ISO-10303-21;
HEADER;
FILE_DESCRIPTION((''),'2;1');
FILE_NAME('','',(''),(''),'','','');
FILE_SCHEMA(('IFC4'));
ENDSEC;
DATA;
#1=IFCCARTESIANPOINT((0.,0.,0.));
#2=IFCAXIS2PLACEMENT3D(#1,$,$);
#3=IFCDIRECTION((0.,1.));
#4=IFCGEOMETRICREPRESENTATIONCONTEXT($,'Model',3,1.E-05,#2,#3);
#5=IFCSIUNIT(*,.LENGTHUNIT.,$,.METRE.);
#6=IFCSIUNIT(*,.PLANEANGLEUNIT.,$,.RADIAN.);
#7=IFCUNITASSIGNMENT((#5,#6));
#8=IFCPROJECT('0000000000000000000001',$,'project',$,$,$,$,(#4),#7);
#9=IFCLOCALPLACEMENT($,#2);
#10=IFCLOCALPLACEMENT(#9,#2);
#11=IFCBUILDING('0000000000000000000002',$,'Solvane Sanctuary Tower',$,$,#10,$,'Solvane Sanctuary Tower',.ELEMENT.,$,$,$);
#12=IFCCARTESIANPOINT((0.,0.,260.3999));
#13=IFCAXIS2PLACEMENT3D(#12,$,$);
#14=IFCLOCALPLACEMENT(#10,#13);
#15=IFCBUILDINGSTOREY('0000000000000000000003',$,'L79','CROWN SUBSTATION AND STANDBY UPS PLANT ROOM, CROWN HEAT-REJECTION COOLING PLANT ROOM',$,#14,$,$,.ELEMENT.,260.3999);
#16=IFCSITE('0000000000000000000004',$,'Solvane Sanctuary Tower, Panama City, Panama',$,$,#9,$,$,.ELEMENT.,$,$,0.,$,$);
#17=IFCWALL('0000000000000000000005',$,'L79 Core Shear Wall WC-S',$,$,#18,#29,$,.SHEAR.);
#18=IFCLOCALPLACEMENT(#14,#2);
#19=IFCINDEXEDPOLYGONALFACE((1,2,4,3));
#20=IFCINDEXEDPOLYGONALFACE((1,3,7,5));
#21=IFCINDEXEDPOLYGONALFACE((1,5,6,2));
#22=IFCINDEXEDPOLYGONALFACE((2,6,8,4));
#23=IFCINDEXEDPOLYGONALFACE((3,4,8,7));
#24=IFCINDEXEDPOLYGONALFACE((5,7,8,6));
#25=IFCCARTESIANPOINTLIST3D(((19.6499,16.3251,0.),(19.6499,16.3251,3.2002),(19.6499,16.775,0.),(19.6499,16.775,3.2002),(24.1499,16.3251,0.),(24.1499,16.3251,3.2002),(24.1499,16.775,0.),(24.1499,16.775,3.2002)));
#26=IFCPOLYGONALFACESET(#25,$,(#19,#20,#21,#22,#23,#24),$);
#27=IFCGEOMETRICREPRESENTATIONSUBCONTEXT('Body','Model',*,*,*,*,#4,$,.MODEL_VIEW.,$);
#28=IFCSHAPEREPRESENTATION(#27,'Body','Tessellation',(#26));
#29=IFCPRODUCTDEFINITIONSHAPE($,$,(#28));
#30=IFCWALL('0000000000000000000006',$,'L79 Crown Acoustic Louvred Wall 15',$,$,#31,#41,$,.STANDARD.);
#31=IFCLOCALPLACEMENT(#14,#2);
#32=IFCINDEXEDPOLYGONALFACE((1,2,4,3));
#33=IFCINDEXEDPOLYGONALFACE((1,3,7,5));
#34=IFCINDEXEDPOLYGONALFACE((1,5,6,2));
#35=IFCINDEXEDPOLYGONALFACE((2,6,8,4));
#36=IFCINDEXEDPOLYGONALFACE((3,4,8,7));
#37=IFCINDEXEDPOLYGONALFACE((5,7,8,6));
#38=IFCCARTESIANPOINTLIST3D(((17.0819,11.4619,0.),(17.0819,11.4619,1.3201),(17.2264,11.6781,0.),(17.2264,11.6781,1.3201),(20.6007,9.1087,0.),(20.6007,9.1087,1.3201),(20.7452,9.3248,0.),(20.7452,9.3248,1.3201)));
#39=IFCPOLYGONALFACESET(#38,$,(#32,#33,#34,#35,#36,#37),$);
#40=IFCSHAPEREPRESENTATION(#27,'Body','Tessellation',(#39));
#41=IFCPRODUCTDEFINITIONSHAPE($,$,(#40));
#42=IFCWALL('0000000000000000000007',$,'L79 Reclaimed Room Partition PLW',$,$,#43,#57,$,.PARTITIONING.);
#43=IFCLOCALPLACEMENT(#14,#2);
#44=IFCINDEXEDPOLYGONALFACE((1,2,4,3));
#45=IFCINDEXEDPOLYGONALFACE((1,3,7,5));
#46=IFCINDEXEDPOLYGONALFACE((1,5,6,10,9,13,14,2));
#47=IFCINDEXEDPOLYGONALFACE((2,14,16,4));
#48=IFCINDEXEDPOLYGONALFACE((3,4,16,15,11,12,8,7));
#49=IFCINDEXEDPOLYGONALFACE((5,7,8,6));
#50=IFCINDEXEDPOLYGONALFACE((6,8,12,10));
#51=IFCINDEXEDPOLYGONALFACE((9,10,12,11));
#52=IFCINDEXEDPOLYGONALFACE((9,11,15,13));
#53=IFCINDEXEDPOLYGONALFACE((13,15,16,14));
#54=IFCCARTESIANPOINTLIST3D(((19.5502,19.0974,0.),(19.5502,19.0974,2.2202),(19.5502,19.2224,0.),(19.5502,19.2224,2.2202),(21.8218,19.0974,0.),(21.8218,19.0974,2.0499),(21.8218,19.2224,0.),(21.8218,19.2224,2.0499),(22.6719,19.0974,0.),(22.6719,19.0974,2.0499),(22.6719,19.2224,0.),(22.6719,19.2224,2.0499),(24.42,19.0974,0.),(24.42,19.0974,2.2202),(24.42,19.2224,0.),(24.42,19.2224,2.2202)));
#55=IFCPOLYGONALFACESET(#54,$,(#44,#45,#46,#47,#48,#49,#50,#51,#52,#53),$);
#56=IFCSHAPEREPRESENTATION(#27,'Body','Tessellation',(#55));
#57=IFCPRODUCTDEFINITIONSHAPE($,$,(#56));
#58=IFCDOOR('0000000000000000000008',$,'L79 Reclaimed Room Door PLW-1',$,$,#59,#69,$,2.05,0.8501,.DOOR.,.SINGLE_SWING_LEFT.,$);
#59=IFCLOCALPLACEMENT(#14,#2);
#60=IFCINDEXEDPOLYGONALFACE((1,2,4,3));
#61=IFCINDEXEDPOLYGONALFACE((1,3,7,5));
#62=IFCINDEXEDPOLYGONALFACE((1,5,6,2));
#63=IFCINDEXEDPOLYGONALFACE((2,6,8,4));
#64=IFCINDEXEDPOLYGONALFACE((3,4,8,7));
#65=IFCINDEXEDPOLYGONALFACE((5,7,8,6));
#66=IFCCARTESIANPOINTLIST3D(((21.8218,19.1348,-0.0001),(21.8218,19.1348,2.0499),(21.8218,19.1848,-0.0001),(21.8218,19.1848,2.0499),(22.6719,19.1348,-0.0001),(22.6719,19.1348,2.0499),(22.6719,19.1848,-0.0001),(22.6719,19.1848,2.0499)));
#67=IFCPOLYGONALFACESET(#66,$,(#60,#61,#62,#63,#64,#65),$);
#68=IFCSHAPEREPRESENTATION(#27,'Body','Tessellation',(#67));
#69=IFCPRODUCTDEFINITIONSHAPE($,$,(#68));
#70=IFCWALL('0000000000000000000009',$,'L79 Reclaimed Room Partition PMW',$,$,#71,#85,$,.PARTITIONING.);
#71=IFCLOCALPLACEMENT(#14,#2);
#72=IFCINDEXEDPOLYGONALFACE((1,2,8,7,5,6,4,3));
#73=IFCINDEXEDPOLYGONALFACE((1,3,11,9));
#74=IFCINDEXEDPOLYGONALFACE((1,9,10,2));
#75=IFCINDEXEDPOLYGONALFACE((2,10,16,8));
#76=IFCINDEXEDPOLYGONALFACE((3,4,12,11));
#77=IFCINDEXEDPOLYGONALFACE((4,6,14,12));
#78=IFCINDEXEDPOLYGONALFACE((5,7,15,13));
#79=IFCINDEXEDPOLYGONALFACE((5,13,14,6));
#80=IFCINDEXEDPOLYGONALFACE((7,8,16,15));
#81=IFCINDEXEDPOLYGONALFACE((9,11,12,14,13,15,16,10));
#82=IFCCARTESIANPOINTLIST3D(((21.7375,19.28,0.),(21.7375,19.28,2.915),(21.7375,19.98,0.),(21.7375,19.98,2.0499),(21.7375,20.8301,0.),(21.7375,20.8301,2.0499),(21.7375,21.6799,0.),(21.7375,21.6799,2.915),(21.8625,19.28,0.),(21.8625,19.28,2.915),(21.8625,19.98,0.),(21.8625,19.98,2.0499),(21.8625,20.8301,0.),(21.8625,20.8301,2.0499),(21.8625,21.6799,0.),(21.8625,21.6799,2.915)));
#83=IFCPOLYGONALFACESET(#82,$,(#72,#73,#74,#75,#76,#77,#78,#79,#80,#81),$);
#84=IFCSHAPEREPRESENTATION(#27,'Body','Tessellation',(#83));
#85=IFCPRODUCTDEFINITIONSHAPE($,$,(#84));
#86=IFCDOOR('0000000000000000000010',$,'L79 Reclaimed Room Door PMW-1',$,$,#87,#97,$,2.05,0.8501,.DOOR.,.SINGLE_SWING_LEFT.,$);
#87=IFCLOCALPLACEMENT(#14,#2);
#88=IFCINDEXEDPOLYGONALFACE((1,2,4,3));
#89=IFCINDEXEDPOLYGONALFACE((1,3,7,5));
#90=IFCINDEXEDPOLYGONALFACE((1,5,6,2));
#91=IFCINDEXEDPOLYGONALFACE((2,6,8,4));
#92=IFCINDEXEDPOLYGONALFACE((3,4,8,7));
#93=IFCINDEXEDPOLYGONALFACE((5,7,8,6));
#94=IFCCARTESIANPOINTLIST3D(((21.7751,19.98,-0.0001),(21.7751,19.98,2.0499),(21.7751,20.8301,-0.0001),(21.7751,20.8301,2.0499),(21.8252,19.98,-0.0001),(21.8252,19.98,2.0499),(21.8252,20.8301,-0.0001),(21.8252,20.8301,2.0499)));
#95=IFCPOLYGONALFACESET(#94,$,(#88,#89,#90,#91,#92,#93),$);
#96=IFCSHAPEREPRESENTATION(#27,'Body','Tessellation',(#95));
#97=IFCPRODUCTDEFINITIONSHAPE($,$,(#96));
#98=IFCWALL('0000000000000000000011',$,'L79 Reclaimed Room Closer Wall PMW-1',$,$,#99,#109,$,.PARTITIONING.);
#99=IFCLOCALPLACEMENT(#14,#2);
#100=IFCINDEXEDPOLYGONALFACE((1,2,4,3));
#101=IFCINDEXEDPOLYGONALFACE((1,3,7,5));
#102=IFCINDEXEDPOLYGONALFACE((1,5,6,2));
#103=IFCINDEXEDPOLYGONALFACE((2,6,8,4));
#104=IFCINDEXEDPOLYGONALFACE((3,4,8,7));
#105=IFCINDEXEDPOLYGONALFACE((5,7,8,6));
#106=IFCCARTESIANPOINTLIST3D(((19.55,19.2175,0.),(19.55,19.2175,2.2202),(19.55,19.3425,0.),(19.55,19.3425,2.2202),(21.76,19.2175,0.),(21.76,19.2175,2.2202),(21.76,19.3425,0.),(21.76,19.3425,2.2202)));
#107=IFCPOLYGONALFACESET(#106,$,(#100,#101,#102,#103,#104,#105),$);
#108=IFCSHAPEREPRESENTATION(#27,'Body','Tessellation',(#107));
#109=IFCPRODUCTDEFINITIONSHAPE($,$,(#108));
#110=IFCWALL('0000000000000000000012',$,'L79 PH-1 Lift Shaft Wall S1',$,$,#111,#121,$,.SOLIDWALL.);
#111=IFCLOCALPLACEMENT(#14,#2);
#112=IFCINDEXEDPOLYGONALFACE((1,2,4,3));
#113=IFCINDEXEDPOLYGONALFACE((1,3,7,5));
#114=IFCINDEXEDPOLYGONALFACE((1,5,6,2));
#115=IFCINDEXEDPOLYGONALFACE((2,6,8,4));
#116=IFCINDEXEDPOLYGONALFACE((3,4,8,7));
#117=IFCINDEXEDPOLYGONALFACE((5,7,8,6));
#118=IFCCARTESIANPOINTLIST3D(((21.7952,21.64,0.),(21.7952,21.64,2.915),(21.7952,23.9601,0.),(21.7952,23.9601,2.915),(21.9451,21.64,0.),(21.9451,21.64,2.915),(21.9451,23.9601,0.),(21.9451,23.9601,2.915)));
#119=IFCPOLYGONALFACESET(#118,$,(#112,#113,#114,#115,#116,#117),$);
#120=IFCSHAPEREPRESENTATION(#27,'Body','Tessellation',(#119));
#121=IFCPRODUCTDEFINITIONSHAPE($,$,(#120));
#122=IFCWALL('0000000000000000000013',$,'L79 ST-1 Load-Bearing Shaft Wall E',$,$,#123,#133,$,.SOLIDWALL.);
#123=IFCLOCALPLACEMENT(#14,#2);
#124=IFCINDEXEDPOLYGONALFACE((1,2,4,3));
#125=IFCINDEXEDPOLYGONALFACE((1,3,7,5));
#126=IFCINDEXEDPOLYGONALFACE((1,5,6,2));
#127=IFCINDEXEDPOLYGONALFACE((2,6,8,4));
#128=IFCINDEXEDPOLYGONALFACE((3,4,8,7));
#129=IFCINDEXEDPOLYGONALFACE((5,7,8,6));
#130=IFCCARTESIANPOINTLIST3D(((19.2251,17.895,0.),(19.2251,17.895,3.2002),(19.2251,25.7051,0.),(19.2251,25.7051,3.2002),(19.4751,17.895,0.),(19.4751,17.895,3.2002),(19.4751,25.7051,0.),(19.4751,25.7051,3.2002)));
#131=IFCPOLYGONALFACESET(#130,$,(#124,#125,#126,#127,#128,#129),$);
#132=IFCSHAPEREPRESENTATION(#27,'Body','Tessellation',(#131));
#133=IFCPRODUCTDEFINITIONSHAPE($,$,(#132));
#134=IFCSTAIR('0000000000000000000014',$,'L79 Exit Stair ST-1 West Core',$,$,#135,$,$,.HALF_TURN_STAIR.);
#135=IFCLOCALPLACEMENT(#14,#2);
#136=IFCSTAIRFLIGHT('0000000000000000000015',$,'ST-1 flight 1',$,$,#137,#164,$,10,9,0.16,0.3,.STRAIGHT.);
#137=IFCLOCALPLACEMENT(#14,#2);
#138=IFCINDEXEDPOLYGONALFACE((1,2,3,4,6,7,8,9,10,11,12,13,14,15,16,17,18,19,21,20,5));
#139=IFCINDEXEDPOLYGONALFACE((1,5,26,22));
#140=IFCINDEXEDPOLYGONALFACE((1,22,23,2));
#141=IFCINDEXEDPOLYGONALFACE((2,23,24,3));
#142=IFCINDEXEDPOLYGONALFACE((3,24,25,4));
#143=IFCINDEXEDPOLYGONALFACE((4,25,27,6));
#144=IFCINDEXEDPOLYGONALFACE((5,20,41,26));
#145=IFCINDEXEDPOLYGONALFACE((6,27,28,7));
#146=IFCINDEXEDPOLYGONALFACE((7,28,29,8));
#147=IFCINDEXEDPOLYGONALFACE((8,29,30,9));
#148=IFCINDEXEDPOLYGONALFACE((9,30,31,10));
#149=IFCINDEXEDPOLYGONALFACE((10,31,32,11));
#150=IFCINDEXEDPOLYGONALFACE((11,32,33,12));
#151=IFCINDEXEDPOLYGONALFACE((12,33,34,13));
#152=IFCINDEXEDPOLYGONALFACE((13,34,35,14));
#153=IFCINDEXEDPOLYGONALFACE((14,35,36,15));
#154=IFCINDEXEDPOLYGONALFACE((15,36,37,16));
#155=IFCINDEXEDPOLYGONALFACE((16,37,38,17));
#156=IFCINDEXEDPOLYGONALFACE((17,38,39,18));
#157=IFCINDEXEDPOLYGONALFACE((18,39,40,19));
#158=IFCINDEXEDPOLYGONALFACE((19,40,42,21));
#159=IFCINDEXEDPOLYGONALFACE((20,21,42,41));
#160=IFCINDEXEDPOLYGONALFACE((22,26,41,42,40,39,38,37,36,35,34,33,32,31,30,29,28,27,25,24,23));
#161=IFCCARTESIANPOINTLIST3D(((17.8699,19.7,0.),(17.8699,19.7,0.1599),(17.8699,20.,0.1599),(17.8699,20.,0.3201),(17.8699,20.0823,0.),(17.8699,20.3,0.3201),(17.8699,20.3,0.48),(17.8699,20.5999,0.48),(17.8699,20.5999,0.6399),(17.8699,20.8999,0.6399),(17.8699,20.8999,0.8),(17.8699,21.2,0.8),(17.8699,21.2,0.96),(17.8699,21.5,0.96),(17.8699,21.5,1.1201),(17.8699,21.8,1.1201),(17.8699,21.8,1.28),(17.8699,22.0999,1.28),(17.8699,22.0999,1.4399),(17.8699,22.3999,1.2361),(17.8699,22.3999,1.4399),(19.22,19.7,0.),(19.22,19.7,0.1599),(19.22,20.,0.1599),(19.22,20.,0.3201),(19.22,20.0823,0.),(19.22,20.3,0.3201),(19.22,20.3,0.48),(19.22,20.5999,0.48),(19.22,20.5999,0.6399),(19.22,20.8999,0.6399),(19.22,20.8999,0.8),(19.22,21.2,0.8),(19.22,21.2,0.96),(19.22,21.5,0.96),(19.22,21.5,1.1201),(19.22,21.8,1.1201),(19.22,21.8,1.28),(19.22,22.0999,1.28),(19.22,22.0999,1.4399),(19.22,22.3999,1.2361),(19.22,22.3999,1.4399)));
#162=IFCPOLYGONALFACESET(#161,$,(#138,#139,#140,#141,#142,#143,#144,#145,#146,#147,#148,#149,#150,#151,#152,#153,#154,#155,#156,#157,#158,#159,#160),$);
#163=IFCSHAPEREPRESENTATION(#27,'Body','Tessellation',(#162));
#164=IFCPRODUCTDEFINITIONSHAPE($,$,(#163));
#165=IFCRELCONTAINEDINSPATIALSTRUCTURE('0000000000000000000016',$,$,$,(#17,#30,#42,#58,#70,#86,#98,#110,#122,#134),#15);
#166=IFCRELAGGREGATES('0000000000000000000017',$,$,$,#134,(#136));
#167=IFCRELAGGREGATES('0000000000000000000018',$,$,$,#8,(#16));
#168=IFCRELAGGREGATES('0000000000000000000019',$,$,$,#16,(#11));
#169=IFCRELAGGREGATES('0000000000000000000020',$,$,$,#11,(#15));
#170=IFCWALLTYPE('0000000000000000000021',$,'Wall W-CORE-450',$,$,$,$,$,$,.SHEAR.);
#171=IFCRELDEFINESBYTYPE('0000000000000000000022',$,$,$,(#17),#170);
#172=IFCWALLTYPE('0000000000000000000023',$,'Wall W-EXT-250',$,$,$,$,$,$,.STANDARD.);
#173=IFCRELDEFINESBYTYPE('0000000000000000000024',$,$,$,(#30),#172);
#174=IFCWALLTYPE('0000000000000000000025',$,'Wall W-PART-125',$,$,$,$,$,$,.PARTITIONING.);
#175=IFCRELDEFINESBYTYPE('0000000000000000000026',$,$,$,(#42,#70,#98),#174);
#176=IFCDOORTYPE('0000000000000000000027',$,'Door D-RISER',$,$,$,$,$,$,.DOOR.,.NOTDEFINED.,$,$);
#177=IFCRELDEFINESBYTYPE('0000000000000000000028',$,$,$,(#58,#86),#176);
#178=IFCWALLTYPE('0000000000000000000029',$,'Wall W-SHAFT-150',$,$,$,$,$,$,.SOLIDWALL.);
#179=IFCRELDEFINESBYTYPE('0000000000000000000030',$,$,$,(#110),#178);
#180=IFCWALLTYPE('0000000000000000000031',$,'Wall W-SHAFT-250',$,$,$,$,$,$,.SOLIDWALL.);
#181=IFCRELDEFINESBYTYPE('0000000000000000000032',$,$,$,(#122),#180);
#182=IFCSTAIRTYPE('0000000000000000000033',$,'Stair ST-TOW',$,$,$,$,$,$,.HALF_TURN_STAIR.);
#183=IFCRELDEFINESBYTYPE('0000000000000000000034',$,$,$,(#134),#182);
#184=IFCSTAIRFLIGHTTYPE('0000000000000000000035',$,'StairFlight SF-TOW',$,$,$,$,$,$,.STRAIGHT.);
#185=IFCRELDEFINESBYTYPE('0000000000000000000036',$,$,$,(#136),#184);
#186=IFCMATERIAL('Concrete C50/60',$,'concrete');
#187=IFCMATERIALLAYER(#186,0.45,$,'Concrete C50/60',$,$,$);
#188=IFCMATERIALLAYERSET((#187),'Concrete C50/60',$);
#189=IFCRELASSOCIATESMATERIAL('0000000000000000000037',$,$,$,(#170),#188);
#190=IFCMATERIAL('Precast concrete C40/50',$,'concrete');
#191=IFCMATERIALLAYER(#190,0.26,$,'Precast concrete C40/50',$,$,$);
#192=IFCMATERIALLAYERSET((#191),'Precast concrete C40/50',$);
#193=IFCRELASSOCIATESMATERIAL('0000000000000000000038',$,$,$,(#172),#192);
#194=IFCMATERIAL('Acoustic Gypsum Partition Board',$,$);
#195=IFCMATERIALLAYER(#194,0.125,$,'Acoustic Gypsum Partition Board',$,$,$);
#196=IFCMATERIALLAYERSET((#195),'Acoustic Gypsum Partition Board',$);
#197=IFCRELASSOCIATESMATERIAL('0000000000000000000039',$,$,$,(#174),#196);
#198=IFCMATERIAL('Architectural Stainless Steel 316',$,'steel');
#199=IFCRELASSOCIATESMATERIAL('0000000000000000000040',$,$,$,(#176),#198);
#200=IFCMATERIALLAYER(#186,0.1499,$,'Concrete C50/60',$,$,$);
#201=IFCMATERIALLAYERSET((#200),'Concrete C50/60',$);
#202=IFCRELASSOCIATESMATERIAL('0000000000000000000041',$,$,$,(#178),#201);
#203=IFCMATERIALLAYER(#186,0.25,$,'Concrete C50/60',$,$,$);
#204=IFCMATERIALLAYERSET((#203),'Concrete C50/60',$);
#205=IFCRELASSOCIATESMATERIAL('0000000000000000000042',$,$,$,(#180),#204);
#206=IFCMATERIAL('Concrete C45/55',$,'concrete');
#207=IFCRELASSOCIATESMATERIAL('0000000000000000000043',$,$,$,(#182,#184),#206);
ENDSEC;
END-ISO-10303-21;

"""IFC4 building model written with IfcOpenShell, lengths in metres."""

from ifc_helpers import new_model, si_unit, direction, frame, frame_2d, origin, place, context, subcontext, project, spatial, polyline, rectangle, outline, extrude, material, layer, layer_set, type_object, element, fill, aggregate, save


model = new_model("IFC4")

# Units and contexts
model_context = context("Model", 3, precision=1e-05, world=origin(), true_north=direction((0.0, 1.0)))
body_context = subcontext(model_context, "Body", "Model", "MODEL_VIEW")
ifc_project = project(units=[si_unit("LENGTHUNIT", "METRE"), si_unit("PLANEANGLEUNIT", "RADIAN")], contexts=[model_context])

# Site, building, storey
site_placement = place(None, origin())
site = spatial("IfcSite", under=ifc_project, at=site_placement, Name="Solvane Sanctuary Tower, Panama City, Panama", CompositionType="ELEMENT", RefElevation=0.0)
building_placement = place(site_placement, origin())
building = spatial("IfcBuilding", under=site, at=building_placement, Name="Solvane Sanctuary Tower", LongName="Solvane Sanctuary Tower", CompositionType="ELEMENT")
storey_placement = place(building_placement, frame((0.0, 0.0, 260.3999)))
storey = spatial("IfcBuildingStorey", under=building, at=storey_placement, Name="L79", Description="CROWN SUBSTATION AND STANDBY UPS PLANT ROOM, CROWN HEAT-REJECTION COOLING PLANT ROOM", CompositionType="ELEMENT", Elevation=260.3999)

# Walls
ifc_material_1 = material(Name="Concrete C50/60", Category="concrete")
ifc_layer_1 = layer(ifc_material_1, 0.45, Name="Concrete C50/60")
ifc_layer_set_1 = layer_set([ifc_layer_1], Name="Concrete C50/60")
wall_type_1 = type_object("IfcWallType", Name="Wall W-CORE-450", PredefinedType="SHEAR", material=ifc_layer_set_1)
wall_1_placement = place(storey_placement, frame((19.6499, 16.55, 0.0), z_axis=(0.0, 0.0, 1.0), x_axis=(1.0, 0.0, 0.0)))
element("IfcWall", 1, at=wall_1_placement, inside=storey, type_object=wall_type_1, Name="L79 Core Shear Wall WC-S", PredefinedType="SHEAR", context=body_context, shape_type="SweptSolid", body=[
    extrude(rectangle(XDim=4.5, YDim=0.45, at=frame_2d((2.25, 0.0))), origin(), (0.0, 0.0, 1.0), 3.2002),
])
ifc_material_2 = material(Name="Precast concrete C40/50", Category="concrete")
ifc_layer_2 = layer(ifc_material_2, 0.26, Name="Precast concrete C40/50")
ifc_layer_set_2 = layer_set([ifc_layer_2], Name="Precast concrete C40/50")
wall_type_2 = type_object("IfcWallType", Name="Wall W-EXT-250", PredefinedType="STANDARD", material=ifc_layer_set_2)
wall_2_placement = place(storey_placement, frame((17.1541, 11.5701, 0.0), z_axis=(0.0, 0.0, 1.0), x_axis=(0.831242, -0.555911, 0.0)))
element("IfcWall", 2, at=wall_2_placement, inside=storey, type_object=wall_type_2, Name="L79 Crown Acoustic Louvred Wall 15", PredefinedType="STANDARD", context=body_context, shape_type="SweptSolid", body=[
    extrude(rectangle(XDim=4.2332, YDim=0.26, at=frame_2d((2.1167, 0.0))), origin(), (0.0, 0.0, 1.0), 1.3201),
])

# Walls, openings, doors
ifc_material_3 = material(Name="Acoustic Gypsum Partition Board")
ifc_layer_3 = layer(ifc_material_3, 0.125, Name="Acoustic Gypsum Partition Board")
ifc_layer_set_3 = layer_set([ifc_layer_3], Name="Acoustic Gypsum Partition Board")
wall_type_3 = type_object("IfcWallType", Name="Wall W-PART-125", PredefinedType="PARTITIONING", material=ifc_layer_set_3)
wall_3_placement = place(storey_placement, frame((19.55, 19.1599, 0.0), z_axis=(0.0, 0.0, 1.0), x_axis=(1.0, 0.0, 0.0)))
wall_3 = element("IfcWall", 3, at=wall_3_placement, inside=storey, type_object=wall_type_3, Name="L79 Reclaimed Room Partition PLW", PredefinedType="PARTITIONING", context=body_context, shape_type="SweptSolid", body=[
    extrude(rectangle(XDim=4.8699, YDim=0.125, at=frame_2d((2.4351, 0.0))), origin(), (0.0, 0.0, 1.0), 2.2202),
])
opening_1_placement = place(wall_3_placement, frame((2.2717, 0.0, 0.0)))
opening_1 = element("IfcOpeningElement", 4, at=opening_1_placement, cuts=wall_3, PredefinedType="OPENING", context=body_context, shape_type="SweptSolid", body=[
    extrude(rectangle(XDim=0.8501, YDim=2.05, at=frame_2d((0.425, 1.0249))), frame((0.0, 0.0725, 0.0), z_axis=(0.0, -1.0, 0.0), x_axis=(1.0, 0.0, 0.0)), (0.0, 0.0, 1.0), 0.145),
])
ifc_material_4 = material(Name="Architectural Stainless Steel 316", Category="steel")
door_type = type_object("IfcDoorType", Name="Door D-RISER", OperationType="NOTDEFINED", PredefinedType="DOOR", material=ifc_material_4)
door_1_placement = place(opening_1_placement, origin())
door_1 = element("IfcDoor", 5, at=door_1_placement, inside=storey, type_object=door_type, Name="L79 Reclaimed Room Door PLW-1", OperationType="SINGLE_SWING_LEFT", OverallHeight=2.05, OverallWidth=0.8501, PredefinedType="DOOR", context=body_context, shape_type="SweptSolid", body=[
    extrude(rectangle(XDim=0.8501, YDim=2.05, at=frame_2d((0.425, 1.0249))), frame((0.0, 0.0249, 0.0), z_axis=(0.0, -1.0, 0.0), x_axis=(1.0, 0.0, 0.0)), (0.0, 0.0, 1.0), 0.05),
])
fill(opening_1, door_1)
wall_4_placement = place(storey_placement, frame((21.8, 19.28, 0.0), z_axis=(0.0, 0.0, 1.0), x_axis=(0.0, 1.0, 0.0)))
wall_4 = element("IfcWall", 6, at=wall_4_placement, inside=storey, type_object=wall_type_3, Name="L79 Reclaimed Room Partition PMW", PredefinedType="PARTITIONING", context=body_context, shape_type="SweptSolid", body=[
    extrude(rectangle(XDim=2.3999, YDim=0.125, at=frame_2d((1.2, 0.0))), origin(), (0.0, 0.0, 1.0), 2.915),
])
opening_2_placement = place(wall_4_placement, frame((0.7, 0.0, 0.0)))
opening_2 = element("IfcOpeningElement", 7, at=opening_2_placement, cuts=wall_4, PredefinedType="OPENING", context=body_context, shape_type="SweptSolid", body=[
    extrude(rectangle(XDim=0.8501, YDim=2.05, at=frame_2d((0.425, 1.0249))), frame((0.0, 0.0725, 0.0), z_axis=(0.0, -1.0, 0.0), x_axis=(1.0, 0.0, 0.0)), (0.0, 0.0, 1.0), 0.145),
])
door_2_placement = place(opening_2_placement, origin())
door_2 = element("IfcDoor", 8, at=door_2_placement, inside=storey, type_object=door_type, Name="L79 Reclaimed Room Door PMW-1", OperationType="SINGLE_SWING_LEFT", OverallHeight=2.05, OverallWidth=0.8501, PredefinedType="DOOR", context=body_context, shape_type="SweptSolid", body=[
    extrude(rectangle(XDim=0.8501, YDim=2.05, at=frame_2d((0.425, 1.0249))), frame((0.0, 0.0249, 0.0), z_axis=(0.0, -1.0, 0.0), x_axis=(1.0, 0.0, 0.0)), (0.0, 0.0, 1.0), 0.05),
])
fill(opening_2, door_2)

# Walls
wall_5_placement = place(storey_placement, frame((19.55, 19.28, 0.0), z_axis=(0.0, 0.0, 1.0), x_axis=(1.0, 0.0, 0.0)))
element("IfcWall", 9, at=wall_5_placement, inside=storey, type_object=wall_type_3, Name="L79 Reclaimed Room Closer Wall PMW-1", PredefinedType="PARTITIONING", context=body_context, shape_type="SweptSolid", body=[
    extrude(rectangle(XDim=2.21, YDim=0.125, at=frame_2d((1.105, 0.0))), origin(), (0.0, 0.0, 1.0), 2.2202),
])
ifc_layer_4 = layer(ifc_material_1, 0.1499, Name="Concrete C50/60")
ifc_layer_set_4 = layer_set([ifc_layer_4], Name="Concrete C50/60")
wall_type_4 = type_object("IfcWallType", Name="Wall W-SHAFT-150", PredefinedType="SOLIDWALL", material=ifc_layer_set_4)
wall_6_placement = place(storey_placement, frame((21.8701, 21.6399, 0.0), z_axis=(0.0, 0.0, 1.0), x_axis=(0.0, 1.0, 0.0)))
element("IfcWall", 10, at=wall_6_placement, inside=storey, type_object=wall_type_4, Name="L79 PH-1 Lift Shaft Wall S1", PredefinedType="SOLIDWALL", context=body_context, shape_type="SweptSolid", body=[
    extrude(rectangle(XDim=2.3201, YDim=0.1499, at=frame_2d((1.1602, 0.0))), origin(), (0.0, 0.0, 1.0), 2.915),
])
ifc_layer_5 = layer(ifc_material_1, 0.25, Name="Concrete C50/60")
ifc_layer_set_5 = layer_set([ifc_layer_5], Name="Concrete C50/60")
wall_type_5 = type_object("IfcWallType", Name="Wall W-SHAFT-250", PredefinedType="SOLIDWALL", material=ifc_layer_set_5)
wall_7_placement = place(storey_placement, frame((19.3501, 17.895, 0.0), z_axis=(0.0, 0.0, 1.0), x_axis=(0.0, 1.0, 0.0)))
element("IfcWall", 11, at=wall_7_placement, inside=storey, type_object=wall_type_5, Name="L79 ST-1 Load-Bearing Shaft Wall E", PredefinedType="SOLIDWALL", context=body_context, shape_type="SweptSolid", body=[
    extrude(rectangle(XDim=7.8101, YDim=0.25, at=frame_2d((3.905, 0.0))), origin(), (0.0, 0.0, 1.0), 3.2002),
])

# Stair, stair flight
ifc_material_5 = material(Name="Concrete C45/55", Category="concrete")
stair_type = type_object("IfcStairType", Name="Stair ST-TOW", PredefinedType="HALF_TURN_STAIR", material=ifc_material_5)
stair_placement = place(storey_placement, origin())
stair = element("IfcStair", 12, at=stair_placement, inside=storey, type_object=stair_type, Name="L79 Exit Stair ST-1 West Core", PredefinedType="HALF_TURN_STAIR")
stair_flight_type = type_object("IfcStairFlightType", Name="StairFlight SF-TOW", PredefinedType="STRAIGHT", material=ifc_material_5)
stair_flight_placement = place(storey_placement, frame((18.5449, 19.7, 0.0), z_axis=(0.0, 0.0, 1.0), x_axis=(0.0, 1.0, 0.0)))
stair_flight = element("IfcStairFlight", 13, at=stair_flight_placement, type_object=stair_flight_type, Name="ST-1 flight 1", NumberOfRisers=10, NumberOfTreads=9, PredefinedType="STRAIGHT", RiserHeight=0.16, TreadLength=0.3, context=body_context, shape_type="SweptSolid", body=[
    extrude(outline(polyline([(0.0, 0.0), (0.0, 0.1599), (0.3, 0.1599), (0.3, 0.3201), (0.6001, 0.3201), (0.6001, 0.48), (0.8999, 0.48), (0.8999, 0.6399), (1.2, 0.6399), (1.2, 0.8), (1.5, 0.8), (1.5, 0.96), (1.8, 0.96), (1.8, 1.1201), (2.1001, 1.1201), (2.1001, 1.28), (2.3999, 1.28), (2.3999, 1.4399), (2.7, 1.4399), (2.7, 1.6001), (2.7, 1.2361), (0.3823, 0.0), (0.0, 0.0)])), frame((0.0, 0.675, 0.0), z_axis=(0.0, -1.0, 0.0), x_axis=(1.0, 0.0, 0.0)), (0.0, 0.0, 1.0), 1.3501),
])
aggregate(stair, [stair_flight])

save(model, "model.ifc")
